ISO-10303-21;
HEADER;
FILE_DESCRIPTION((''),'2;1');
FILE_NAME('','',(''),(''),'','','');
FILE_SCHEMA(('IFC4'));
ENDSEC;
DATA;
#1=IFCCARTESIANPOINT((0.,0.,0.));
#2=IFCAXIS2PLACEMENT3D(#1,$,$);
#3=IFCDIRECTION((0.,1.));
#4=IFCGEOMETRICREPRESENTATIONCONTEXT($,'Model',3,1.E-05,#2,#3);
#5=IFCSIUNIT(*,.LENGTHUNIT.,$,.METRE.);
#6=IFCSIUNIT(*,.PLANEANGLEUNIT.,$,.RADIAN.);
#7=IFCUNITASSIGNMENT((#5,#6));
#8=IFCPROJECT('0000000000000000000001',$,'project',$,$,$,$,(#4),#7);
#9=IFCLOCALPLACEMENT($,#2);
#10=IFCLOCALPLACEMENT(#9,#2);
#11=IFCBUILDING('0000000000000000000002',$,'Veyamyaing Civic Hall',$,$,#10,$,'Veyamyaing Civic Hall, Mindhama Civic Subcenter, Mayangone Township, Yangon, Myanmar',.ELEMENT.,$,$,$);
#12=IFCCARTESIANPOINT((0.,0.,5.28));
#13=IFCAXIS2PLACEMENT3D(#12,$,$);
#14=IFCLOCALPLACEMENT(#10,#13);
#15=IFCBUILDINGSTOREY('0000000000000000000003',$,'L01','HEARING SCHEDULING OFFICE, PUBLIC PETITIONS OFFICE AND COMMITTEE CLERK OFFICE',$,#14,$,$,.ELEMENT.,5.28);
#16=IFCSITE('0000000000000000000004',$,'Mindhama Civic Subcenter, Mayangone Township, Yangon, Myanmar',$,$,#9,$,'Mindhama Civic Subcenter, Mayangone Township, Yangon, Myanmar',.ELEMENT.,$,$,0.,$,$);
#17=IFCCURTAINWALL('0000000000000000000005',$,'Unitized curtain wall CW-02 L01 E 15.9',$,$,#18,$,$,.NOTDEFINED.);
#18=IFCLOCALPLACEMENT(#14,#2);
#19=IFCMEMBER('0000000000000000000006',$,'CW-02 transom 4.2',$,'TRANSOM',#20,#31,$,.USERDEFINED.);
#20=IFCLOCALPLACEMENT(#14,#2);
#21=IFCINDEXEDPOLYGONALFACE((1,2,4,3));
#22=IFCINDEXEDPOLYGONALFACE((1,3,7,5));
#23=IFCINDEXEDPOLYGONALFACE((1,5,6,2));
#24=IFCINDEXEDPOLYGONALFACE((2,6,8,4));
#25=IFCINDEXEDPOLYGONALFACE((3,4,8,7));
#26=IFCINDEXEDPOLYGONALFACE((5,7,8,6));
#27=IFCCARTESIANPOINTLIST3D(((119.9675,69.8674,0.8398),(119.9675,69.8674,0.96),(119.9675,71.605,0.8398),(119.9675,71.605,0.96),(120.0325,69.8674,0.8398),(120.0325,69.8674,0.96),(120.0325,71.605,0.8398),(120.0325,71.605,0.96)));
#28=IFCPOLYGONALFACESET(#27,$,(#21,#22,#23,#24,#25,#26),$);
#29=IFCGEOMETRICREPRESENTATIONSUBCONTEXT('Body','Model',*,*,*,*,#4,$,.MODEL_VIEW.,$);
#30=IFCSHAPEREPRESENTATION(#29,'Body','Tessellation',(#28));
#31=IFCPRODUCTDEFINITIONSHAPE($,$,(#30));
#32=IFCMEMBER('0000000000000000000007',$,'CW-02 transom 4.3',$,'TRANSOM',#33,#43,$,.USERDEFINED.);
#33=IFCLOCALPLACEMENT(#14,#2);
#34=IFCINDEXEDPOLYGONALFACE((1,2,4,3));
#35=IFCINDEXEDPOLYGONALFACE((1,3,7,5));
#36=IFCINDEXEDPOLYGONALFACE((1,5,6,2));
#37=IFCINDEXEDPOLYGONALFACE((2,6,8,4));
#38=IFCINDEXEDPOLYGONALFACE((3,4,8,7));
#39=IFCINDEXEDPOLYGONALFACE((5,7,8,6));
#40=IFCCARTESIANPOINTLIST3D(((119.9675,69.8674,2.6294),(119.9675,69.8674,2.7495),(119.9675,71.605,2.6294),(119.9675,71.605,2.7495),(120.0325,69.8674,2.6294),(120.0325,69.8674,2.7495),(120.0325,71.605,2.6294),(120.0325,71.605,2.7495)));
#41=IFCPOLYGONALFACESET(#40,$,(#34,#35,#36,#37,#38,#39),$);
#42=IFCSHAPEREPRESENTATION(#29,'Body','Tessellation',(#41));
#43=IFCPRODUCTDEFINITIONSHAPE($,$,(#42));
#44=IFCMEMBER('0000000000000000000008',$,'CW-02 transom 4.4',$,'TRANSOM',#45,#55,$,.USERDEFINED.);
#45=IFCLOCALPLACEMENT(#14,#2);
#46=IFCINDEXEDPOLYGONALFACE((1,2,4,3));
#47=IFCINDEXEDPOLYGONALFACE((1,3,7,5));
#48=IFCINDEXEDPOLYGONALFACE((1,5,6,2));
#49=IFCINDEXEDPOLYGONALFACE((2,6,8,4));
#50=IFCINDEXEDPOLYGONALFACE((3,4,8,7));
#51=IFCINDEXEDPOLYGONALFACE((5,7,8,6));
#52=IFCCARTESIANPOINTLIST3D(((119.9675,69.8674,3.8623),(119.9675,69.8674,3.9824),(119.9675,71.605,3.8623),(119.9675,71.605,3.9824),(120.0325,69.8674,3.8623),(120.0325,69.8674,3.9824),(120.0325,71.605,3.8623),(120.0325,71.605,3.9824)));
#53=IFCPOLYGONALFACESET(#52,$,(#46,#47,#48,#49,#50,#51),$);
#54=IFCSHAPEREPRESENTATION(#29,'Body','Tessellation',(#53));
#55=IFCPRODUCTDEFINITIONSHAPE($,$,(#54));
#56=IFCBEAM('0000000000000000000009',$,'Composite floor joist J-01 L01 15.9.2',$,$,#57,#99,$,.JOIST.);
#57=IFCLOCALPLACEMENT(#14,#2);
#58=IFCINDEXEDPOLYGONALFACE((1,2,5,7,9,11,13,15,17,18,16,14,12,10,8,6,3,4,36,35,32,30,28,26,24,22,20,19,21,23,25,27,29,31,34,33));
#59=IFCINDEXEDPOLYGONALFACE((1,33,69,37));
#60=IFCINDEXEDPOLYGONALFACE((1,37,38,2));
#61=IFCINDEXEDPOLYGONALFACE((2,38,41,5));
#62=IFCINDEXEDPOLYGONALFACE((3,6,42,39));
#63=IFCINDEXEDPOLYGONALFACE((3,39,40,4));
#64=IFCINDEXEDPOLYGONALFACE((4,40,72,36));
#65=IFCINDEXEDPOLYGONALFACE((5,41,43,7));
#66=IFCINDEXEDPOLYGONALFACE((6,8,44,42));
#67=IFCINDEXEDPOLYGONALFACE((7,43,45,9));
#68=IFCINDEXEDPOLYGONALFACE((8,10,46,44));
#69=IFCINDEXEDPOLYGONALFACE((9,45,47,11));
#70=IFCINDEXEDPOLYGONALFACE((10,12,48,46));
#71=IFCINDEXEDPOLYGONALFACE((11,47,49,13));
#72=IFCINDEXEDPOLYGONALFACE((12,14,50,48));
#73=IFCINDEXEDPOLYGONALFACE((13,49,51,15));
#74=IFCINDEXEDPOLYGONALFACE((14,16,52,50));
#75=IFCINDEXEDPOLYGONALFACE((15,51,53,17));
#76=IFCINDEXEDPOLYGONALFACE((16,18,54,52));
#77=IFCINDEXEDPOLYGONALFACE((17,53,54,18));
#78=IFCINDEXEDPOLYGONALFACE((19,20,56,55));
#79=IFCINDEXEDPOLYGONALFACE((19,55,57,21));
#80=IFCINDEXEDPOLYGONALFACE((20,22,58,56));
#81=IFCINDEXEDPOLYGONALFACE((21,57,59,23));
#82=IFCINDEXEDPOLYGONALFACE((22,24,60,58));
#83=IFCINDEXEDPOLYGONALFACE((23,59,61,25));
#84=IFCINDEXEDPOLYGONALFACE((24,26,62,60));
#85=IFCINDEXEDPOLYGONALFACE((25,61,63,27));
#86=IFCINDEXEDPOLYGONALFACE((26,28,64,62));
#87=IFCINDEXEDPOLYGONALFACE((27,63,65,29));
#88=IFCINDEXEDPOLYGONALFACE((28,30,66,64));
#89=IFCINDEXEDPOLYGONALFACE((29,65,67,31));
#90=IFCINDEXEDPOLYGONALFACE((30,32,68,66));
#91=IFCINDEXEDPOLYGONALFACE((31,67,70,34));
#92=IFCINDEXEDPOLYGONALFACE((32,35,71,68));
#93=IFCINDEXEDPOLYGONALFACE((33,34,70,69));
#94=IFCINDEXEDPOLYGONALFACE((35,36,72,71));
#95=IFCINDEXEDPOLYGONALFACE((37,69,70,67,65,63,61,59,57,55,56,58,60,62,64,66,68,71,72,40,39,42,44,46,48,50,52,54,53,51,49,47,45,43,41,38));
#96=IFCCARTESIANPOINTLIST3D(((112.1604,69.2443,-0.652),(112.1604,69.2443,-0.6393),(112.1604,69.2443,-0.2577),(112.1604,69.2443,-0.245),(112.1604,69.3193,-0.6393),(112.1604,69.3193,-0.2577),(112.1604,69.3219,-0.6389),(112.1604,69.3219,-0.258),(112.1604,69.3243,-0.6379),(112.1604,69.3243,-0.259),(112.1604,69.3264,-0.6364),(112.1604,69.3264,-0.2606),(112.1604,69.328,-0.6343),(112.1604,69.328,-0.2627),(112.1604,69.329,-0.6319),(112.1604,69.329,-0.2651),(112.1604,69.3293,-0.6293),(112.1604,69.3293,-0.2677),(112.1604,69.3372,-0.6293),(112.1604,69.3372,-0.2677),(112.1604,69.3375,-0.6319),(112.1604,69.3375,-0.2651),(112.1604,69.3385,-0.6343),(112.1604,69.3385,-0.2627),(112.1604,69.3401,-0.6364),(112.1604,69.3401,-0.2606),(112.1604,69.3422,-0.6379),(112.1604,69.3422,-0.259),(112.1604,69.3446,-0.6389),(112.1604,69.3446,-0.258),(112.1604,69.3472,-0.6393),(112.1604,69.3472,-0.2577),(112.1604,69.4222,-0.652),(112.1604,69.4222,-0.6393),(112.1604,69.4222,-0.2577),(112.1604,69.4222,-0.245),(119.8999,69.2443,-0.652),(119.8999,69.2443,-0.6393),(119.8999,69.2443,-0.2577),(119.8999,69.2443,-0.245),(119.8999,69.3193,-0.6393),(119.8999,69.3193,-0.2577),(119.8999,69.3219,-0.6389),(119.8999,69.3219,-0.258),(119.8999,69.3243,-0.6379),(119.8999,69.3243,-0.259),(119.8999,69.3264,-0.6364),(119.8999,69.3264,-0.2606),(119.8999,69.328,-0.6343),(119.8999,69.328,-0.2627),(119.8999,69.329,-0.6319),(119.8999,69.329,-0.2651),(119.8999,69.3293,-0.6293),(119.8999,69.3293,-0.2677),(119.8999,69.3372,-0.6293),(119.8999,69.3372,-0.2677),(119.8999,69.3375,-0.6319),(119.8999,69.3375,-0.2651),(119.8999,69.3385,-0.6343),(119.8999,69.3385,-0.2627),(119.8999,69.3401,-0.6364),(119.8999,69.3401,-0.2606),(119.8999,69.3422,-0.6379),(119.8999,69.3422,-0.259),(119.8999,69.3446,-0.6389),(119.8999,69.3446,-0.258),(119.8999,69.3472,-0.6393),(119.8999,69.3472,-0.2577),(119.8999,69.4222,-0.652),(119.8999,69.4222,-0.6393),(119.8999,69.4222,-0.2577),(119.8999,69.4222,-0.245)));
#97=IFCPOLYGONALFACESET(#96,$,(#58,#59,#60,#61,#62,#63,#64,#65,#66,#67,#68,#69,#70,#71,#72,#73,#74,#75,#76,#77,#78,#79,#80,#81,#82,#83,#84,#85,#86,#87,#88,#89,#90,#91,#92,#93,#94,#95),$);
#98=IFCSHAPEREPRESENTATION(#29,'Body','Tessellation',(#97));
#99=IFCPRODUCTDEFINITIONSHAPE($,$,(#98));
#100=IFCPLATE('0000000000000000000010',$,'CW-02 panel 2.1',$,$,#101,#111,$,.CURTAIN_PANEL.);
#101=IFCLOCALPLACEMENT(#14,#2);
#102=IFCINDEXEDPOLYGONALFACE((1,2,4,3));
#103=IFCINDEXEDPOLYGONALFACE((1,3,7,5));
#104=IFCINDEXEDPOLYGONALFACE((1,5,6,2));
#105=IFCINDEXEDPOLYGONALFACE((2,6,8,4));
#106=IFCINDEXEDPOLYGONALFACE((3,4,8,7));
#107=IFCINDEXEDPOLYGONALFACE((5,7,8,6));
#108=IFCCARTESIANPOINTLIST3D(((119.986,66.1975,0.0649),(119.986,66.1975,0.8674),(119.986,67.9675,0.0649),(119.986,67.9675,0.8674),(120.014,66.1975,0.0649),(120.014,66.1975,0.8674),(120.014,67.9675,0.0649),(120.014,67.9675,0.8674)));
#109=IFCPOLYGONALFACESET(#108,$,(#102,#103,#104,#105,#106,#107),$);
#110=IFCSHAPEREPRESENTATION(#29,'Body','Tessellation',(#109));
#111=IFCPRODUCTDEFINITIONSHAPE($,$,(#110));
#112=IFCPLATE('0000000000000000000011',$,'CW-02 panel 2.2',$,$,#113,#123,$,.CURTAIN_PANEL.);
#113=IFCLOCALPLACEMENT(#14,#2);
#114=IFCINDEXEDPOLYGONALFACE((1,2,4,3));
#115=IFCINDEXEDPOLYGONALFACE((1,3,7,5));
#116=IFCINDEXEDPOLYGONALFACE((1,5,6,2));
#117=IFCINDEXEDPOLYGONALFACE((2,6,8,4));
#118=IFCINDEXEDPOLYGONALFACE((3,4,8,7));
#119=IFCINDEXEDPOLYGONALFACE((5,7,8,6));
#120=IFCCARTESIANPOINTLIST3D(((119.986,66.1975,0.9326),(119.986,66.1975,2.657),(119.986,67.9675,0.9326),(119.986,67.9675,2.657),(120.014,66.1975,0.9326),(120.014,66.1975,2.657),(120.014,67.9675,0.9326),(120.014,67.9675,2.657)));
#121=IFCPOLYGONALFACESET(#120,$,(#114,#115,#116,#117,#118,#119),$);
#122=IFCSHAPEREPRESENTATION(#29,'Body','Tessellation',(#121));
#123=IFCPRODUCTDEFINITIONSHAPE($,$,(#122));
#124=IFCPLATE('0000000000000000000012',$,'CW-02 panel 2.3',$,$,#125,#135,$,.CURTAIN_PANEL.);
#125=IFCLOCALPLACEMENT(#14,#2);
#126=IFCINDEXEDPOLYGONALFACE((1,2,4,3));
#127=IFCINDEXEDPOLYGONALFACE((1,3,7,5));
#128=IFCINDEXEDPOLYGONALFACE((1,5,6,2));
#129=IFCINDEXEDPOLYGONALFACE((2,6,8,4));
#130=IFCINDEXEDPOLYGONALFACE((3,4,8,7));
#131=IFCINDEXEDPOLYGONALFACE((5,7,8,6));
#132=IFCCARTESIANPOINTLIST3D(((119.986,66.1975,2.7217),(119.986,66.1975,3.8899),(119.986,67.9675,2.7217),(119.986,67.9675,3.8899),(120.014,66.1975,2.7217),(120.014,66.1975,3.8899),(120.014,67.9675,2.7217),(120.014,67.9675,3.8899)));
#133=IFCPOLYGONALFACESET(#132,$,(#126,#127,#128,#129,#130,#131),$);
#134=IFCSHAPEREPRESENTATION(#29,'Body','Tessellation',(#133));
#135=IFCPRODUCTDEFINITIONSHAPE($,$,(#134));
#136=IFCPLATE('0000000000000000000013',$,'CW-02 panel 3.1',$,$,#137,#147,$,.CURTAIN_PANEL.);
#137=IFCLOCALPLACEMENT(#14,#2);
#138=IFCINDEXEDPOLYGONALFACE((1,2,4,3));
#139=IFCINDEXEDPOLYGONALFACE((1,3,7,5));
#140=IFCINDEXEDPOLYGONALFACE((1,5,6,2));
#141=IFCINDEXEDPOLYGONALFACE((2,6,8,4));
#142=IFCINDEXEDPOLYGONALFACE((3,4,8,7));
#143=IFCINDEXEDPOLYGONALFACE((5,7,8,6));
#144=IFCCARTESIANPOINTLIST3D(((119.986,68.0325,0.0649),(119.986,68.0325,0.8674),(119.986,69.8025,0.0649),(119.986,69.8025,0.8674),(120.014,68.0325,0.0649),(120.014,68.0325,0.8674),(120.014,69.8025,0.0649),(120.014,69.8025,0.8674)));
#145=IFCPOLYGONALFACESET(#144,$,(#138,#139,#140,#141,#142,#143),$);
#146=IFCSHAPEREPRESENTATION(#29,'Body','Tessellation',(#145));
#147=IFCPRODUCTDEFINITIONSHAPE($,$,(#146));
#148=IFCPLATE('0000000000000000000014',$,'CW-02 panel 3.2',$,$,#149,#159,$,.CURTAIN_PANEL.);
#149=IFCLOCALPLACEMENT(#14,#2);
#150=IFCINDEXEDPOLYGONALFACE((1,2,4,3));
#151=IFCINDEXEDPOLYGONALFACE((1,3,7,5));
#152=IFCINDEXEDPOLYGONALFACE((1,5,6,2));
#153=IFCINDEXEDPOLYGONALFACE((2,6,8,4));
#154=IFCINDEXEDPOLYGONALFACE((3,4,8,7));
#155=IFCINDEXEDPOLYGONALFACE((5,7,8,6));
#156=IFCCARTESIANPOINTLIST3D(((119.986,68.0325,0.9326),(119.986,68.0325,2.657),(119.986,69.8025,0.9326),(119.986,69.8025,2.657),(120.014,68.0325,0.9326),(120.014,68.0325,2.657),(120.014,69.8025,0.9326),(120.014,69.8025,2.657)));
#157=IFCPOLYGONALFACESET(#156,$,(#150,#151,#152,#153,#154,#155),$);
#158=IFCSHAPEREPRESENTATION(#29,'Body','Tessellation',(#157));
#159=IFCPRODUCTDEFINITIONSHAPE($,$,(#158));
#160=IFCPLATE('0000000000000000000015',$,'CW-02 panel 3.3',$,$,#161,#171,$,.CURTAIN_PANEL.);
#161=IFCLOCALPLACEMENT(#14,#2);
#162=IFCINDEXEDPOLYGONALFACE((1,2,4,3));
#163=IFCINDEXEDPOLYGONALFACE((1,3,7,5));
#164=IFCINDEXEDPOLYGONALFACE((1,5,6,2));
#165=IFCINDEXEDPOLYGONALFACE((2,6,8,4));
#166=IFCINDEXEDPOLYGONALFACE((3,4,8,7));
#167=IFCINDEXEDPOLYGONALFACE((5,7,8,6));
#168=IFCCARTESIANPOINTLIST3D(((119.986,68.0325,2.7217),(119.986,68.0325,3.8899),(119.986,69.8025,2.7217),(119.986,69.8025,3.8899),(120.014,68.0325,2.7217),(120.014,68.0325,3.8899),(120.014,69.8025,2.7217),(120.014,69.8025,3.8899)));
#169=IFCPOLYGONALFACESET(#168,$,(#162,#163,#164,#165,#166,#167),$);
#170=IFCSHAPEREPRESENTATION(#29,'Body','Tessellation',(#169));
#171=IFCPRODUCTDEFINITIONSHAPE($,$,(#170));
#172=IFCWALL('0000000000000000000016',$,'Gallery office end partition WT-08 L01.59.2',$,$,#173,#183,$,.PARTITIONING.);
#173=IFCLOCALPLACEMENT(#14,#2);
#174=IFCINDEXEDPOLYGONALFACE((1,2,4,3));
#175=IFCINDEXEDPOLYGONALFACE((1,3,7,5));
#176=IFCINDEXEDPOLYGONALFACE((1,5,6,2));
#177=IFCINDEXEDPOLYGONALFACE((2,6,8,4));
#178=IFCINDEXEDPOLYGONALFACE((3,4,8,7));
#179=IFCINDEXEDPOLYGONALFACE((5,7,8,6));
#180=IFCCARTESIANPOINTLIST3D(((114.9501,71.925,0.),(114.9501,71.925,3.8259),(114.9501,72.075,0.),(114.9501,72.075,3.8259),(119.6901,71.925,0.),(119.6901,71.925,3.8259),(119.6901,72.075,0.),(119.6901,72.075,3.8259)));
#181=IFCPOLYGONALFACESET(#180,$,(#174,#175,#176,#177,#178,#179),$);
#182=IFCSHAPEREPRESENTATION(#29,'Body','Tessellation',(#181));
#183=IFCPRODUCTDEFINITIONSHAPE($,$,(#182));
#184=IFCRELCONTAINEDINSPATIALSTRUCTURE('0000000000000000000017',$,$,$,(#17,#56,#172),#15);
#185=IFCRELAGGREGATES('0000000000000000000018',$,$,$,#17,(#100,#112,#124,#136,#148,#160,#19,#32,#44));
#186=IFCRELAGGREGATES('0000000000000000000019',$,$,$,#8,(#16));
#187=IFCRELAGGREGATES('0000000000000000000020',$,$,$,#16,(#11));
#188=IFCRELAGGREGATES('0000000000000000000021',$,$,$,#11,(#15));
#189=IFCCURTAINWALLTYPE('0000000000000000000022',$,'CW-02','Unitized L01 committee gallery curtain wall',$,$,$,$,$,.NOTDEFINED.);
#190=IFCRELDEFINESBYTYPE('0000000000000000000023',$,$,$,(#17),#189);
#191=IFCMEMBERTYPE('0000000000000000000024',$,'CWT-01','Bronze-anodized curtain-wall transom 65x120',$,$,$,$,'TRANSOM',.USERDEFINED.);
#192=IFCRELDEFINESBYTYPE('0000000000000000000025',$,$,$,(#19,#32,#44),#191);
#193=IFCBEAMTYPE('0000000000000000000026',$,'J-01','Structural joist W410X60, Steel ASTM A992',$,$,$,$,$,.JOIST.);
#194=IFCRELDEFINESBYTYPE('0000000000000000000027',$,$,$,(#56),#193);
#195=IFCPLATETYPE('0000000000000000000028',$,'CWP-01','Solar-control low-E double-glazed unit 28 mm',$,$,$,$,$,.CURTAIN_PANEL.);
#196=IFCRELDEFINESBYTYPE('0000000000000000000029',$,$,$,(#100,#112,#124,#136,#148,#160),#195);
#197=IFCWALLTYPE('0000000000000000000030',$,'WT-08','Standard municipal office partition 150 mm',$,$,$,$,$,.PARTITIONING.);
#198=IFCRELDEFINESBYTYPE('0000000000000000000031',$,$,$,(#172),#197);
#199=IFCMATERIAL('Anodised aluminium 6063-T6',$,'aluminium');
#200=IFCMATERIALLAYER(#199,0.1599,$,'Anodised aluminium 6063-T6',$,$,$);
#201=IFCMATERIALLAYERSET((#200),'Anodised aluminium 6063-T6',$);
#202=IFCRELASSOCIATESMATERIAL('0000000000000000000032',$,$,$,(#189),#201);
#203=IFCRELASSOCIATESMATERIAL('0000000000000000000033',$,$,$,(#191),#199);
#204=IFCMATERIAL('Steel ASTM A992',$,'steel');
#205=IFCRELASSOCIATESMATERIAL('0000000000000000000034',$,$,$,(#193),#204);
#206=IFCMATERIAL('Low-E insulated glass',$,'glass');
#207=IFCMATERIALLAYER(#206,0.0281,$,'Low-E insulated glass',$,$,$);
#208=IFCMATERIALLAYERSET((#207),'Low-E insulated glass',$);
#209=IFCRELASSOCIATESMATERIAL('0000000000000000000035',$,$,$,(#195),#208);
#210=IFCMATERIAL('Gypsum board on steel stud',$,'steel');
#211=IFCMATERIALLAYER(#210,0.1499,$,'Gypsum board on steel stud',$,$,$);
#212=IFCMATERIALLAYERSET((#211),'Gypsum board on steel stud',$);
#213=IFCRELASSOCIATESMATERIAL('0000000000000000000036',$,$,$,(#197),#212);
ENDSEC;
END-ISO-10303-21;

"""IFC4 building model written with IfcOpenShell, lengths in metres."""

from ifc_helpers import new_model, si_unit, direction, frame, frame_2d, origin, origin_2d, place, context, subcontext, project, spatial, rectangle, i_section, extrude, material, layer, layer_set, material_profile, profile_set, type_object, element, aggregate, save


model = new_model("IFC4")

# Units and contexts
model_context = context("Model", 3, precision=1e-05, world=origin(), true_north=direction((0.0, 1.0)))
body_context = subcontext(model_context, "Body", "Model", "MODEL_VIEW")
ifc_project = project(units=[si_unit("LENGTHUNIT", "METRE"), si_unit("PLANEANGLEUNIT", "RADIAN")], contexts=[model_context])

# Site, building, storey
site_placement = place(None, origin())
site = spatial("IfcSite", under=ifc_project, at=site_placement, Name="Mindhama Civic Subcenter, Mayangone Township, Yangon, Myanmar", LongName="Mindhama Civic Subcenter, Mayangone Township, Yangon, Myanmar", CompositionType="ELEMENT", RefElevation=0.0)
building_placement = place(site_placement, origin())
building = spatial("IfcBuilding", under=site, at=building_placement, Name="Veyamyaing Civic Hall", LongName="Veyamyaing Civic Hall, Mindhama Civic Subcenter, Mayangone Township, Yangon, Myanmar", CompositionType="ELEMENT")
storey_placement = place(building_placement, frame((0.0, 0.0, 5.28)))
storey = spatial("IfcBuildingStorey", under=building, at=storey_placement, Name="L01", Description="HEARING SCHEDULING OFFICE, PUBLIC PETITIONS OFFICE AND COMMITTEE CLERK OFFICE", CompositionType="ELEMENT", Elevation=5.28)

# Shared definitions
ifc_material_1 = material(Name="Steel ASTM A992", Category="steel")

# Curtain wall, members
ifc_material_2 = material(Name="Anodised aluminium 6063-T6", Category="aluminium")
ifc_layer_1 = layer(ifc_material_2, 0.1599, Name="Anodised aluminium 6063-T6")
ifc_layer_set_1 = layer_set([ifc_layer_1], Name="Anodised aluminium 6063-T6")
curtain_wall_type = type_object("IfcCurtainWallType", Name="CW-02", Description="Unitized L01 committee gallery curtain wall", PredefinedType="NOTDEFINED", material=ifc_layer_set_1)
curtain_wall_placement = place(storey_placement, origin())
curtain_wall = element("IfcCurtainWall", 1, at=curtain_wall_placement, inside=storey, type_object=curtain_wall_type, Name="Unitized curtain wall CW-02 L01 E 15.9", PredefinedType="NOTDEFINED")
ifc_material_profile_1 = material_profile(ifc_material_2, rectangle(XDim=0.0649, YDim=0.1201, at=origin_2d()), Name="ALU-TRN-65X120")
ifc_profile_set_1 = profile_set([ifc_material_profile_1], Name="Anodised aluminium 6063-T6")
member_type_1 = type_object("IfcMemberType", Name="CWT-01", Description="Bronze-anodized curtain-wall transom 65x120", ElementType="TRANSOM", PredefinedType="USERDEFINED", material=ifc_profile_set_1)
member_1_placement = place(storey_placement, frame((120.0, 69.8674, 0.8999), z_axis=(0.0, 1.0, 0.0), x_axis=(-1.0, 0.0, 0.0)))
member_1 = element("IfcMember", 2, at=member_1_placement, type_object=member_type_1, Name="CW-02 transom 4.2", ObjectType="TRANSOM", PredefinedType="USERDEFINED", context=body_context, shape_type="SweptSolid", body=[
    extrude(rectangle(XDim=0.0649, YDim=0.1201, at=origin_2d()), origin(), (0.0, 0.0, 1.0), 1.7375),
])
member_2_placement = place(storey_placement, frame((120.0, 69.8674, 2.6895), z_axis=(0.0, 1.0, 0.0), x_axis=(-1.0, 0.0, 0.0)))
member_2 = element("IfcMember", 3, at=member_2_placement, type_object=member_type_1, Name="CW-02 transom 4.3", ObjectType="TRANSOM", PredefinedType="USERDEFINED", context=body_context, shape_type="SweptSolid", body=[
    extrude(rectangle(XDim=0.0649, YDim=0.1201, at=origin_2d()), origin(), (0.0, 0.0, 1.0), 1.7375),
])
member_3_placement = place(storey_placement, frame((120.0, 69.8674, 3.9224), z_axis=(0.0, 1.0, 0.0), x_axis=(-1.0, 0.0, 0.0)))
member_3 = element("IfcMember", 4, at=member_3_placement, type_object=member_type_1, Name="CW-02 transom 4.4", ObjectType="TRANSOM", PredefinedType="USERDEFINED", context=body_context, shape_type="SweptSolid", body=[
    extrude(rectangle(XDim=0.0649, YDim=0.1201, at=origin_2d()), origin(), (0.0, 0.0, 1.0), 1.7375),
])

# Beam
ifc_material_profile_2 = material_profile(ifc_material_1, i_section(OverallWidth=0.178, OverallDepth=0.407, WebThickness=0.0078, FlangeThickness=0.0127, FilletRadius=0.01, at=origin_2d()), Name="W410X60")
ifc_profile_set_2 = profile_set([ifc_material_profile_2], Name="Steel ASTM A992")
beam_type_1 = type_object("IfcBeamType", Name="J-01", Description="Structural joist W410X60, Steel ASTM A992", PredefinedType="JOIST", material=ifc_profile_set_2)
beam_1_placement = place(storey_placement, frame((112.1604, 69.3333, -0.4485), z_axis=(1.0, 0.0, 0.0), x_axis=(0.0, 1.0, 0.0)))
element("IfcBeam", 5, at=beam_1_placement, inside=storey, type_object=beam_type_1, Name="Composite floor joist J-01 L01 15.9.2", PredefinedType="JOIST", context=body_context, shape_type="SweptSolid", body=[
    extrude(i_section(OverallWidth=0.178, OverallDepth=0.407, WebThickness=0.0078, FlangeThickness=0.0127, FilletRadius=0.01, at=origin_2d()), origin(), (0.0, 0.0, 1.0), 7.7395),
])

# Plates
ifc_material_3 = material(Name="Low-E insulated glass", Category="glass")
ifc_layer_2 = layer(ifc_material_3, 0.0281, Name="Low-E insulated glass")
ifc_layer_set_2 = layer_set([ifc_layer_2], Name="Low-E insulated glass")
plate_type = type_object("IfcPlateType", Name="CWP-01", Description="Solar-control low-E double-glazed unit 28 mm", PredefinedType="CURTAIN_PANEL", material=ifc_layer_set_2)
plate_1_placement = place(storey_placement, frame((120.0, 67.0825, 0.0649), z_axis=(0.0, 0.0, 1.0), x_axis=(0.0, 1.0, 0.0)))
plate_1 = element("IfcPlate", 6, at=plate_1_placement, type_object=plate_type, Name="CW-02 panel 2.1", PredefinedType="CURTAIN_PANEL", context=body_context, shape_type="SweptSolid", body=[
    extrude(rectangle(XDim=1.77, YDim=0.0281, at=origin_2d()), origin(), (0.0, 0.0, 1.0), 0.8025),
])
plate_2_placement = place(storey_placement, frame((120.0, 67.0825, 0.9326), z_axis=(0.0, 0.0, 1.0), x_axis=(0.0, 1.0, 0.0)))
plate_2 = element("IfcPlate", 7, at=plate_2_placement, type_object=plate_type, Name="CW-02 panel 2.2", PredefinedType="CURTAIN_PANEL", context=body_context, shape_type="SweptSolid", body=[
    extrude(rectangle(XDim=1.77, YDim=0.0281, at=origin_2d()), origin(), (0.0, 0.0, 1.0), 1.7244),
])
plate_3_placement = place(storey_placement, frame((120.0, 67.0825, 2.7217), z_axis=(0.0, 0.0, 1.0), x_axis=(0.0, 1.0, 0.0)))
plate_3 = element("IfcPlate", 8, at=plate_3_placement, type_object=plate_type, Name="CW-02 panel 2.3", PredefinedType="CURTAIN_PANEL", context=body_context, shape_type="SweptSolid", body=[
    extrude(rectangle(XDim=1.77, YDim=0.0281, at=origin_2d()), origin(), (0.0, 0.0, 1.0), 1.1682),
])
plate_4_placement = place(storey_placement, frame((120.0, 68.9175, 0.0649), z_axis=(0.0, 0.0, 1.0), x_axis=(0.0, 1.0, 0.0)))
plate_4 = element("IfcPlate", 9, at=plate_4_placement, type_object=plate_type, Name="CW-02 panel 3.1", PredefinedType="CURTAIN_PANEL", context=body_context, shape_type="SweptSolid", body=[
    extrude(rectangle(XDim=1.77, YDim=0.0281, at=origin_2d()), origin(), (0.0, 0.0, 1.0), 0.8025),
])
plate_5_placement = place(storey_placement, frame((120.0, 68.9175, 0.9326), z_axis=(0.0, 0.0, 1.0), x_axis=(0.0, 1.0, 0.0)))
plate_5 = element("IfcPlate", 10, at=plate_5_placement, type_object=plate_type, Name="CW-02 panel 3.2", PredefinedType="CURTAIN_PANEL", context=body_context, shape_type="SweptSolid", body=[
    extrude(rectangle(XDim=1.77, YDim=0.0281, at=origin_2d()), origin(), (0.0, 0.0, 1.0), 1.7244),
])
plate_6_placement = place(storey_placement, frame((120.0, 68.9175, 2.7217), z_axis=(0.0, 0.0, 1.0), x_axis=(0.0, 1.0, 0.0)))
plate_6 = element("IfcPlate", 11, at=plate_6_placement, type_object=plate_type, Name="CW-02 panel 3.3", PredefinedType="CURTAIN_PANEL", context=body_context, shape_type="SweptSolid", body=[
    extrude(rectangle(XDim=1.77, YDim=0.0281, at=origin_2d()), origin(), (0.0, 0.0, 1.0), 1.1682),
])
aggregate(curtain_wall, [plate_1, plate_2, plate_3, plate_4, plate_5, plate_6, member_1, member_2, member_3])

# Wall
ifc_material_4 = material(Name="Gypsum board on steel stud", Category="steel")
ifc_layer_3 = layer(ifc_material_4, 0.1499, Name="Gypsum board on steel stud")
ifc_layer_set_3 = layer_set([ifc_layer_3], Name="Gypsum board on steel stud")
wall_type = type_object("IfcWallType", Name="WT-08", Description="Standard municipal office partition 150 mm", PredefinedType="PARTITIONING", material=ifc_layer_set_3)
wall_placement = place(storey_placement, frame((114.95, 72.0, 0.0), z_axis=(0.0, 0.0, 1.0), x_axis=(1.0, 0.0, 0.0)))
element("IfcWall", 12, at=wall_placement, inside=storey, type_object=wall_type, Name="Gallery office end partition WT-08 L01.59.2", PredefinedType="PARTITIONING", context=body_context, shape_type="SweptSolid", body=[
    extrude(rectangle(XDim=4.74, YDim=0.1499, at=frame_2d((2.3701, 0.0))), origin(), (0.0, 0.0, 1.0), 3.8259),
])

save(model, "model.ifc")
